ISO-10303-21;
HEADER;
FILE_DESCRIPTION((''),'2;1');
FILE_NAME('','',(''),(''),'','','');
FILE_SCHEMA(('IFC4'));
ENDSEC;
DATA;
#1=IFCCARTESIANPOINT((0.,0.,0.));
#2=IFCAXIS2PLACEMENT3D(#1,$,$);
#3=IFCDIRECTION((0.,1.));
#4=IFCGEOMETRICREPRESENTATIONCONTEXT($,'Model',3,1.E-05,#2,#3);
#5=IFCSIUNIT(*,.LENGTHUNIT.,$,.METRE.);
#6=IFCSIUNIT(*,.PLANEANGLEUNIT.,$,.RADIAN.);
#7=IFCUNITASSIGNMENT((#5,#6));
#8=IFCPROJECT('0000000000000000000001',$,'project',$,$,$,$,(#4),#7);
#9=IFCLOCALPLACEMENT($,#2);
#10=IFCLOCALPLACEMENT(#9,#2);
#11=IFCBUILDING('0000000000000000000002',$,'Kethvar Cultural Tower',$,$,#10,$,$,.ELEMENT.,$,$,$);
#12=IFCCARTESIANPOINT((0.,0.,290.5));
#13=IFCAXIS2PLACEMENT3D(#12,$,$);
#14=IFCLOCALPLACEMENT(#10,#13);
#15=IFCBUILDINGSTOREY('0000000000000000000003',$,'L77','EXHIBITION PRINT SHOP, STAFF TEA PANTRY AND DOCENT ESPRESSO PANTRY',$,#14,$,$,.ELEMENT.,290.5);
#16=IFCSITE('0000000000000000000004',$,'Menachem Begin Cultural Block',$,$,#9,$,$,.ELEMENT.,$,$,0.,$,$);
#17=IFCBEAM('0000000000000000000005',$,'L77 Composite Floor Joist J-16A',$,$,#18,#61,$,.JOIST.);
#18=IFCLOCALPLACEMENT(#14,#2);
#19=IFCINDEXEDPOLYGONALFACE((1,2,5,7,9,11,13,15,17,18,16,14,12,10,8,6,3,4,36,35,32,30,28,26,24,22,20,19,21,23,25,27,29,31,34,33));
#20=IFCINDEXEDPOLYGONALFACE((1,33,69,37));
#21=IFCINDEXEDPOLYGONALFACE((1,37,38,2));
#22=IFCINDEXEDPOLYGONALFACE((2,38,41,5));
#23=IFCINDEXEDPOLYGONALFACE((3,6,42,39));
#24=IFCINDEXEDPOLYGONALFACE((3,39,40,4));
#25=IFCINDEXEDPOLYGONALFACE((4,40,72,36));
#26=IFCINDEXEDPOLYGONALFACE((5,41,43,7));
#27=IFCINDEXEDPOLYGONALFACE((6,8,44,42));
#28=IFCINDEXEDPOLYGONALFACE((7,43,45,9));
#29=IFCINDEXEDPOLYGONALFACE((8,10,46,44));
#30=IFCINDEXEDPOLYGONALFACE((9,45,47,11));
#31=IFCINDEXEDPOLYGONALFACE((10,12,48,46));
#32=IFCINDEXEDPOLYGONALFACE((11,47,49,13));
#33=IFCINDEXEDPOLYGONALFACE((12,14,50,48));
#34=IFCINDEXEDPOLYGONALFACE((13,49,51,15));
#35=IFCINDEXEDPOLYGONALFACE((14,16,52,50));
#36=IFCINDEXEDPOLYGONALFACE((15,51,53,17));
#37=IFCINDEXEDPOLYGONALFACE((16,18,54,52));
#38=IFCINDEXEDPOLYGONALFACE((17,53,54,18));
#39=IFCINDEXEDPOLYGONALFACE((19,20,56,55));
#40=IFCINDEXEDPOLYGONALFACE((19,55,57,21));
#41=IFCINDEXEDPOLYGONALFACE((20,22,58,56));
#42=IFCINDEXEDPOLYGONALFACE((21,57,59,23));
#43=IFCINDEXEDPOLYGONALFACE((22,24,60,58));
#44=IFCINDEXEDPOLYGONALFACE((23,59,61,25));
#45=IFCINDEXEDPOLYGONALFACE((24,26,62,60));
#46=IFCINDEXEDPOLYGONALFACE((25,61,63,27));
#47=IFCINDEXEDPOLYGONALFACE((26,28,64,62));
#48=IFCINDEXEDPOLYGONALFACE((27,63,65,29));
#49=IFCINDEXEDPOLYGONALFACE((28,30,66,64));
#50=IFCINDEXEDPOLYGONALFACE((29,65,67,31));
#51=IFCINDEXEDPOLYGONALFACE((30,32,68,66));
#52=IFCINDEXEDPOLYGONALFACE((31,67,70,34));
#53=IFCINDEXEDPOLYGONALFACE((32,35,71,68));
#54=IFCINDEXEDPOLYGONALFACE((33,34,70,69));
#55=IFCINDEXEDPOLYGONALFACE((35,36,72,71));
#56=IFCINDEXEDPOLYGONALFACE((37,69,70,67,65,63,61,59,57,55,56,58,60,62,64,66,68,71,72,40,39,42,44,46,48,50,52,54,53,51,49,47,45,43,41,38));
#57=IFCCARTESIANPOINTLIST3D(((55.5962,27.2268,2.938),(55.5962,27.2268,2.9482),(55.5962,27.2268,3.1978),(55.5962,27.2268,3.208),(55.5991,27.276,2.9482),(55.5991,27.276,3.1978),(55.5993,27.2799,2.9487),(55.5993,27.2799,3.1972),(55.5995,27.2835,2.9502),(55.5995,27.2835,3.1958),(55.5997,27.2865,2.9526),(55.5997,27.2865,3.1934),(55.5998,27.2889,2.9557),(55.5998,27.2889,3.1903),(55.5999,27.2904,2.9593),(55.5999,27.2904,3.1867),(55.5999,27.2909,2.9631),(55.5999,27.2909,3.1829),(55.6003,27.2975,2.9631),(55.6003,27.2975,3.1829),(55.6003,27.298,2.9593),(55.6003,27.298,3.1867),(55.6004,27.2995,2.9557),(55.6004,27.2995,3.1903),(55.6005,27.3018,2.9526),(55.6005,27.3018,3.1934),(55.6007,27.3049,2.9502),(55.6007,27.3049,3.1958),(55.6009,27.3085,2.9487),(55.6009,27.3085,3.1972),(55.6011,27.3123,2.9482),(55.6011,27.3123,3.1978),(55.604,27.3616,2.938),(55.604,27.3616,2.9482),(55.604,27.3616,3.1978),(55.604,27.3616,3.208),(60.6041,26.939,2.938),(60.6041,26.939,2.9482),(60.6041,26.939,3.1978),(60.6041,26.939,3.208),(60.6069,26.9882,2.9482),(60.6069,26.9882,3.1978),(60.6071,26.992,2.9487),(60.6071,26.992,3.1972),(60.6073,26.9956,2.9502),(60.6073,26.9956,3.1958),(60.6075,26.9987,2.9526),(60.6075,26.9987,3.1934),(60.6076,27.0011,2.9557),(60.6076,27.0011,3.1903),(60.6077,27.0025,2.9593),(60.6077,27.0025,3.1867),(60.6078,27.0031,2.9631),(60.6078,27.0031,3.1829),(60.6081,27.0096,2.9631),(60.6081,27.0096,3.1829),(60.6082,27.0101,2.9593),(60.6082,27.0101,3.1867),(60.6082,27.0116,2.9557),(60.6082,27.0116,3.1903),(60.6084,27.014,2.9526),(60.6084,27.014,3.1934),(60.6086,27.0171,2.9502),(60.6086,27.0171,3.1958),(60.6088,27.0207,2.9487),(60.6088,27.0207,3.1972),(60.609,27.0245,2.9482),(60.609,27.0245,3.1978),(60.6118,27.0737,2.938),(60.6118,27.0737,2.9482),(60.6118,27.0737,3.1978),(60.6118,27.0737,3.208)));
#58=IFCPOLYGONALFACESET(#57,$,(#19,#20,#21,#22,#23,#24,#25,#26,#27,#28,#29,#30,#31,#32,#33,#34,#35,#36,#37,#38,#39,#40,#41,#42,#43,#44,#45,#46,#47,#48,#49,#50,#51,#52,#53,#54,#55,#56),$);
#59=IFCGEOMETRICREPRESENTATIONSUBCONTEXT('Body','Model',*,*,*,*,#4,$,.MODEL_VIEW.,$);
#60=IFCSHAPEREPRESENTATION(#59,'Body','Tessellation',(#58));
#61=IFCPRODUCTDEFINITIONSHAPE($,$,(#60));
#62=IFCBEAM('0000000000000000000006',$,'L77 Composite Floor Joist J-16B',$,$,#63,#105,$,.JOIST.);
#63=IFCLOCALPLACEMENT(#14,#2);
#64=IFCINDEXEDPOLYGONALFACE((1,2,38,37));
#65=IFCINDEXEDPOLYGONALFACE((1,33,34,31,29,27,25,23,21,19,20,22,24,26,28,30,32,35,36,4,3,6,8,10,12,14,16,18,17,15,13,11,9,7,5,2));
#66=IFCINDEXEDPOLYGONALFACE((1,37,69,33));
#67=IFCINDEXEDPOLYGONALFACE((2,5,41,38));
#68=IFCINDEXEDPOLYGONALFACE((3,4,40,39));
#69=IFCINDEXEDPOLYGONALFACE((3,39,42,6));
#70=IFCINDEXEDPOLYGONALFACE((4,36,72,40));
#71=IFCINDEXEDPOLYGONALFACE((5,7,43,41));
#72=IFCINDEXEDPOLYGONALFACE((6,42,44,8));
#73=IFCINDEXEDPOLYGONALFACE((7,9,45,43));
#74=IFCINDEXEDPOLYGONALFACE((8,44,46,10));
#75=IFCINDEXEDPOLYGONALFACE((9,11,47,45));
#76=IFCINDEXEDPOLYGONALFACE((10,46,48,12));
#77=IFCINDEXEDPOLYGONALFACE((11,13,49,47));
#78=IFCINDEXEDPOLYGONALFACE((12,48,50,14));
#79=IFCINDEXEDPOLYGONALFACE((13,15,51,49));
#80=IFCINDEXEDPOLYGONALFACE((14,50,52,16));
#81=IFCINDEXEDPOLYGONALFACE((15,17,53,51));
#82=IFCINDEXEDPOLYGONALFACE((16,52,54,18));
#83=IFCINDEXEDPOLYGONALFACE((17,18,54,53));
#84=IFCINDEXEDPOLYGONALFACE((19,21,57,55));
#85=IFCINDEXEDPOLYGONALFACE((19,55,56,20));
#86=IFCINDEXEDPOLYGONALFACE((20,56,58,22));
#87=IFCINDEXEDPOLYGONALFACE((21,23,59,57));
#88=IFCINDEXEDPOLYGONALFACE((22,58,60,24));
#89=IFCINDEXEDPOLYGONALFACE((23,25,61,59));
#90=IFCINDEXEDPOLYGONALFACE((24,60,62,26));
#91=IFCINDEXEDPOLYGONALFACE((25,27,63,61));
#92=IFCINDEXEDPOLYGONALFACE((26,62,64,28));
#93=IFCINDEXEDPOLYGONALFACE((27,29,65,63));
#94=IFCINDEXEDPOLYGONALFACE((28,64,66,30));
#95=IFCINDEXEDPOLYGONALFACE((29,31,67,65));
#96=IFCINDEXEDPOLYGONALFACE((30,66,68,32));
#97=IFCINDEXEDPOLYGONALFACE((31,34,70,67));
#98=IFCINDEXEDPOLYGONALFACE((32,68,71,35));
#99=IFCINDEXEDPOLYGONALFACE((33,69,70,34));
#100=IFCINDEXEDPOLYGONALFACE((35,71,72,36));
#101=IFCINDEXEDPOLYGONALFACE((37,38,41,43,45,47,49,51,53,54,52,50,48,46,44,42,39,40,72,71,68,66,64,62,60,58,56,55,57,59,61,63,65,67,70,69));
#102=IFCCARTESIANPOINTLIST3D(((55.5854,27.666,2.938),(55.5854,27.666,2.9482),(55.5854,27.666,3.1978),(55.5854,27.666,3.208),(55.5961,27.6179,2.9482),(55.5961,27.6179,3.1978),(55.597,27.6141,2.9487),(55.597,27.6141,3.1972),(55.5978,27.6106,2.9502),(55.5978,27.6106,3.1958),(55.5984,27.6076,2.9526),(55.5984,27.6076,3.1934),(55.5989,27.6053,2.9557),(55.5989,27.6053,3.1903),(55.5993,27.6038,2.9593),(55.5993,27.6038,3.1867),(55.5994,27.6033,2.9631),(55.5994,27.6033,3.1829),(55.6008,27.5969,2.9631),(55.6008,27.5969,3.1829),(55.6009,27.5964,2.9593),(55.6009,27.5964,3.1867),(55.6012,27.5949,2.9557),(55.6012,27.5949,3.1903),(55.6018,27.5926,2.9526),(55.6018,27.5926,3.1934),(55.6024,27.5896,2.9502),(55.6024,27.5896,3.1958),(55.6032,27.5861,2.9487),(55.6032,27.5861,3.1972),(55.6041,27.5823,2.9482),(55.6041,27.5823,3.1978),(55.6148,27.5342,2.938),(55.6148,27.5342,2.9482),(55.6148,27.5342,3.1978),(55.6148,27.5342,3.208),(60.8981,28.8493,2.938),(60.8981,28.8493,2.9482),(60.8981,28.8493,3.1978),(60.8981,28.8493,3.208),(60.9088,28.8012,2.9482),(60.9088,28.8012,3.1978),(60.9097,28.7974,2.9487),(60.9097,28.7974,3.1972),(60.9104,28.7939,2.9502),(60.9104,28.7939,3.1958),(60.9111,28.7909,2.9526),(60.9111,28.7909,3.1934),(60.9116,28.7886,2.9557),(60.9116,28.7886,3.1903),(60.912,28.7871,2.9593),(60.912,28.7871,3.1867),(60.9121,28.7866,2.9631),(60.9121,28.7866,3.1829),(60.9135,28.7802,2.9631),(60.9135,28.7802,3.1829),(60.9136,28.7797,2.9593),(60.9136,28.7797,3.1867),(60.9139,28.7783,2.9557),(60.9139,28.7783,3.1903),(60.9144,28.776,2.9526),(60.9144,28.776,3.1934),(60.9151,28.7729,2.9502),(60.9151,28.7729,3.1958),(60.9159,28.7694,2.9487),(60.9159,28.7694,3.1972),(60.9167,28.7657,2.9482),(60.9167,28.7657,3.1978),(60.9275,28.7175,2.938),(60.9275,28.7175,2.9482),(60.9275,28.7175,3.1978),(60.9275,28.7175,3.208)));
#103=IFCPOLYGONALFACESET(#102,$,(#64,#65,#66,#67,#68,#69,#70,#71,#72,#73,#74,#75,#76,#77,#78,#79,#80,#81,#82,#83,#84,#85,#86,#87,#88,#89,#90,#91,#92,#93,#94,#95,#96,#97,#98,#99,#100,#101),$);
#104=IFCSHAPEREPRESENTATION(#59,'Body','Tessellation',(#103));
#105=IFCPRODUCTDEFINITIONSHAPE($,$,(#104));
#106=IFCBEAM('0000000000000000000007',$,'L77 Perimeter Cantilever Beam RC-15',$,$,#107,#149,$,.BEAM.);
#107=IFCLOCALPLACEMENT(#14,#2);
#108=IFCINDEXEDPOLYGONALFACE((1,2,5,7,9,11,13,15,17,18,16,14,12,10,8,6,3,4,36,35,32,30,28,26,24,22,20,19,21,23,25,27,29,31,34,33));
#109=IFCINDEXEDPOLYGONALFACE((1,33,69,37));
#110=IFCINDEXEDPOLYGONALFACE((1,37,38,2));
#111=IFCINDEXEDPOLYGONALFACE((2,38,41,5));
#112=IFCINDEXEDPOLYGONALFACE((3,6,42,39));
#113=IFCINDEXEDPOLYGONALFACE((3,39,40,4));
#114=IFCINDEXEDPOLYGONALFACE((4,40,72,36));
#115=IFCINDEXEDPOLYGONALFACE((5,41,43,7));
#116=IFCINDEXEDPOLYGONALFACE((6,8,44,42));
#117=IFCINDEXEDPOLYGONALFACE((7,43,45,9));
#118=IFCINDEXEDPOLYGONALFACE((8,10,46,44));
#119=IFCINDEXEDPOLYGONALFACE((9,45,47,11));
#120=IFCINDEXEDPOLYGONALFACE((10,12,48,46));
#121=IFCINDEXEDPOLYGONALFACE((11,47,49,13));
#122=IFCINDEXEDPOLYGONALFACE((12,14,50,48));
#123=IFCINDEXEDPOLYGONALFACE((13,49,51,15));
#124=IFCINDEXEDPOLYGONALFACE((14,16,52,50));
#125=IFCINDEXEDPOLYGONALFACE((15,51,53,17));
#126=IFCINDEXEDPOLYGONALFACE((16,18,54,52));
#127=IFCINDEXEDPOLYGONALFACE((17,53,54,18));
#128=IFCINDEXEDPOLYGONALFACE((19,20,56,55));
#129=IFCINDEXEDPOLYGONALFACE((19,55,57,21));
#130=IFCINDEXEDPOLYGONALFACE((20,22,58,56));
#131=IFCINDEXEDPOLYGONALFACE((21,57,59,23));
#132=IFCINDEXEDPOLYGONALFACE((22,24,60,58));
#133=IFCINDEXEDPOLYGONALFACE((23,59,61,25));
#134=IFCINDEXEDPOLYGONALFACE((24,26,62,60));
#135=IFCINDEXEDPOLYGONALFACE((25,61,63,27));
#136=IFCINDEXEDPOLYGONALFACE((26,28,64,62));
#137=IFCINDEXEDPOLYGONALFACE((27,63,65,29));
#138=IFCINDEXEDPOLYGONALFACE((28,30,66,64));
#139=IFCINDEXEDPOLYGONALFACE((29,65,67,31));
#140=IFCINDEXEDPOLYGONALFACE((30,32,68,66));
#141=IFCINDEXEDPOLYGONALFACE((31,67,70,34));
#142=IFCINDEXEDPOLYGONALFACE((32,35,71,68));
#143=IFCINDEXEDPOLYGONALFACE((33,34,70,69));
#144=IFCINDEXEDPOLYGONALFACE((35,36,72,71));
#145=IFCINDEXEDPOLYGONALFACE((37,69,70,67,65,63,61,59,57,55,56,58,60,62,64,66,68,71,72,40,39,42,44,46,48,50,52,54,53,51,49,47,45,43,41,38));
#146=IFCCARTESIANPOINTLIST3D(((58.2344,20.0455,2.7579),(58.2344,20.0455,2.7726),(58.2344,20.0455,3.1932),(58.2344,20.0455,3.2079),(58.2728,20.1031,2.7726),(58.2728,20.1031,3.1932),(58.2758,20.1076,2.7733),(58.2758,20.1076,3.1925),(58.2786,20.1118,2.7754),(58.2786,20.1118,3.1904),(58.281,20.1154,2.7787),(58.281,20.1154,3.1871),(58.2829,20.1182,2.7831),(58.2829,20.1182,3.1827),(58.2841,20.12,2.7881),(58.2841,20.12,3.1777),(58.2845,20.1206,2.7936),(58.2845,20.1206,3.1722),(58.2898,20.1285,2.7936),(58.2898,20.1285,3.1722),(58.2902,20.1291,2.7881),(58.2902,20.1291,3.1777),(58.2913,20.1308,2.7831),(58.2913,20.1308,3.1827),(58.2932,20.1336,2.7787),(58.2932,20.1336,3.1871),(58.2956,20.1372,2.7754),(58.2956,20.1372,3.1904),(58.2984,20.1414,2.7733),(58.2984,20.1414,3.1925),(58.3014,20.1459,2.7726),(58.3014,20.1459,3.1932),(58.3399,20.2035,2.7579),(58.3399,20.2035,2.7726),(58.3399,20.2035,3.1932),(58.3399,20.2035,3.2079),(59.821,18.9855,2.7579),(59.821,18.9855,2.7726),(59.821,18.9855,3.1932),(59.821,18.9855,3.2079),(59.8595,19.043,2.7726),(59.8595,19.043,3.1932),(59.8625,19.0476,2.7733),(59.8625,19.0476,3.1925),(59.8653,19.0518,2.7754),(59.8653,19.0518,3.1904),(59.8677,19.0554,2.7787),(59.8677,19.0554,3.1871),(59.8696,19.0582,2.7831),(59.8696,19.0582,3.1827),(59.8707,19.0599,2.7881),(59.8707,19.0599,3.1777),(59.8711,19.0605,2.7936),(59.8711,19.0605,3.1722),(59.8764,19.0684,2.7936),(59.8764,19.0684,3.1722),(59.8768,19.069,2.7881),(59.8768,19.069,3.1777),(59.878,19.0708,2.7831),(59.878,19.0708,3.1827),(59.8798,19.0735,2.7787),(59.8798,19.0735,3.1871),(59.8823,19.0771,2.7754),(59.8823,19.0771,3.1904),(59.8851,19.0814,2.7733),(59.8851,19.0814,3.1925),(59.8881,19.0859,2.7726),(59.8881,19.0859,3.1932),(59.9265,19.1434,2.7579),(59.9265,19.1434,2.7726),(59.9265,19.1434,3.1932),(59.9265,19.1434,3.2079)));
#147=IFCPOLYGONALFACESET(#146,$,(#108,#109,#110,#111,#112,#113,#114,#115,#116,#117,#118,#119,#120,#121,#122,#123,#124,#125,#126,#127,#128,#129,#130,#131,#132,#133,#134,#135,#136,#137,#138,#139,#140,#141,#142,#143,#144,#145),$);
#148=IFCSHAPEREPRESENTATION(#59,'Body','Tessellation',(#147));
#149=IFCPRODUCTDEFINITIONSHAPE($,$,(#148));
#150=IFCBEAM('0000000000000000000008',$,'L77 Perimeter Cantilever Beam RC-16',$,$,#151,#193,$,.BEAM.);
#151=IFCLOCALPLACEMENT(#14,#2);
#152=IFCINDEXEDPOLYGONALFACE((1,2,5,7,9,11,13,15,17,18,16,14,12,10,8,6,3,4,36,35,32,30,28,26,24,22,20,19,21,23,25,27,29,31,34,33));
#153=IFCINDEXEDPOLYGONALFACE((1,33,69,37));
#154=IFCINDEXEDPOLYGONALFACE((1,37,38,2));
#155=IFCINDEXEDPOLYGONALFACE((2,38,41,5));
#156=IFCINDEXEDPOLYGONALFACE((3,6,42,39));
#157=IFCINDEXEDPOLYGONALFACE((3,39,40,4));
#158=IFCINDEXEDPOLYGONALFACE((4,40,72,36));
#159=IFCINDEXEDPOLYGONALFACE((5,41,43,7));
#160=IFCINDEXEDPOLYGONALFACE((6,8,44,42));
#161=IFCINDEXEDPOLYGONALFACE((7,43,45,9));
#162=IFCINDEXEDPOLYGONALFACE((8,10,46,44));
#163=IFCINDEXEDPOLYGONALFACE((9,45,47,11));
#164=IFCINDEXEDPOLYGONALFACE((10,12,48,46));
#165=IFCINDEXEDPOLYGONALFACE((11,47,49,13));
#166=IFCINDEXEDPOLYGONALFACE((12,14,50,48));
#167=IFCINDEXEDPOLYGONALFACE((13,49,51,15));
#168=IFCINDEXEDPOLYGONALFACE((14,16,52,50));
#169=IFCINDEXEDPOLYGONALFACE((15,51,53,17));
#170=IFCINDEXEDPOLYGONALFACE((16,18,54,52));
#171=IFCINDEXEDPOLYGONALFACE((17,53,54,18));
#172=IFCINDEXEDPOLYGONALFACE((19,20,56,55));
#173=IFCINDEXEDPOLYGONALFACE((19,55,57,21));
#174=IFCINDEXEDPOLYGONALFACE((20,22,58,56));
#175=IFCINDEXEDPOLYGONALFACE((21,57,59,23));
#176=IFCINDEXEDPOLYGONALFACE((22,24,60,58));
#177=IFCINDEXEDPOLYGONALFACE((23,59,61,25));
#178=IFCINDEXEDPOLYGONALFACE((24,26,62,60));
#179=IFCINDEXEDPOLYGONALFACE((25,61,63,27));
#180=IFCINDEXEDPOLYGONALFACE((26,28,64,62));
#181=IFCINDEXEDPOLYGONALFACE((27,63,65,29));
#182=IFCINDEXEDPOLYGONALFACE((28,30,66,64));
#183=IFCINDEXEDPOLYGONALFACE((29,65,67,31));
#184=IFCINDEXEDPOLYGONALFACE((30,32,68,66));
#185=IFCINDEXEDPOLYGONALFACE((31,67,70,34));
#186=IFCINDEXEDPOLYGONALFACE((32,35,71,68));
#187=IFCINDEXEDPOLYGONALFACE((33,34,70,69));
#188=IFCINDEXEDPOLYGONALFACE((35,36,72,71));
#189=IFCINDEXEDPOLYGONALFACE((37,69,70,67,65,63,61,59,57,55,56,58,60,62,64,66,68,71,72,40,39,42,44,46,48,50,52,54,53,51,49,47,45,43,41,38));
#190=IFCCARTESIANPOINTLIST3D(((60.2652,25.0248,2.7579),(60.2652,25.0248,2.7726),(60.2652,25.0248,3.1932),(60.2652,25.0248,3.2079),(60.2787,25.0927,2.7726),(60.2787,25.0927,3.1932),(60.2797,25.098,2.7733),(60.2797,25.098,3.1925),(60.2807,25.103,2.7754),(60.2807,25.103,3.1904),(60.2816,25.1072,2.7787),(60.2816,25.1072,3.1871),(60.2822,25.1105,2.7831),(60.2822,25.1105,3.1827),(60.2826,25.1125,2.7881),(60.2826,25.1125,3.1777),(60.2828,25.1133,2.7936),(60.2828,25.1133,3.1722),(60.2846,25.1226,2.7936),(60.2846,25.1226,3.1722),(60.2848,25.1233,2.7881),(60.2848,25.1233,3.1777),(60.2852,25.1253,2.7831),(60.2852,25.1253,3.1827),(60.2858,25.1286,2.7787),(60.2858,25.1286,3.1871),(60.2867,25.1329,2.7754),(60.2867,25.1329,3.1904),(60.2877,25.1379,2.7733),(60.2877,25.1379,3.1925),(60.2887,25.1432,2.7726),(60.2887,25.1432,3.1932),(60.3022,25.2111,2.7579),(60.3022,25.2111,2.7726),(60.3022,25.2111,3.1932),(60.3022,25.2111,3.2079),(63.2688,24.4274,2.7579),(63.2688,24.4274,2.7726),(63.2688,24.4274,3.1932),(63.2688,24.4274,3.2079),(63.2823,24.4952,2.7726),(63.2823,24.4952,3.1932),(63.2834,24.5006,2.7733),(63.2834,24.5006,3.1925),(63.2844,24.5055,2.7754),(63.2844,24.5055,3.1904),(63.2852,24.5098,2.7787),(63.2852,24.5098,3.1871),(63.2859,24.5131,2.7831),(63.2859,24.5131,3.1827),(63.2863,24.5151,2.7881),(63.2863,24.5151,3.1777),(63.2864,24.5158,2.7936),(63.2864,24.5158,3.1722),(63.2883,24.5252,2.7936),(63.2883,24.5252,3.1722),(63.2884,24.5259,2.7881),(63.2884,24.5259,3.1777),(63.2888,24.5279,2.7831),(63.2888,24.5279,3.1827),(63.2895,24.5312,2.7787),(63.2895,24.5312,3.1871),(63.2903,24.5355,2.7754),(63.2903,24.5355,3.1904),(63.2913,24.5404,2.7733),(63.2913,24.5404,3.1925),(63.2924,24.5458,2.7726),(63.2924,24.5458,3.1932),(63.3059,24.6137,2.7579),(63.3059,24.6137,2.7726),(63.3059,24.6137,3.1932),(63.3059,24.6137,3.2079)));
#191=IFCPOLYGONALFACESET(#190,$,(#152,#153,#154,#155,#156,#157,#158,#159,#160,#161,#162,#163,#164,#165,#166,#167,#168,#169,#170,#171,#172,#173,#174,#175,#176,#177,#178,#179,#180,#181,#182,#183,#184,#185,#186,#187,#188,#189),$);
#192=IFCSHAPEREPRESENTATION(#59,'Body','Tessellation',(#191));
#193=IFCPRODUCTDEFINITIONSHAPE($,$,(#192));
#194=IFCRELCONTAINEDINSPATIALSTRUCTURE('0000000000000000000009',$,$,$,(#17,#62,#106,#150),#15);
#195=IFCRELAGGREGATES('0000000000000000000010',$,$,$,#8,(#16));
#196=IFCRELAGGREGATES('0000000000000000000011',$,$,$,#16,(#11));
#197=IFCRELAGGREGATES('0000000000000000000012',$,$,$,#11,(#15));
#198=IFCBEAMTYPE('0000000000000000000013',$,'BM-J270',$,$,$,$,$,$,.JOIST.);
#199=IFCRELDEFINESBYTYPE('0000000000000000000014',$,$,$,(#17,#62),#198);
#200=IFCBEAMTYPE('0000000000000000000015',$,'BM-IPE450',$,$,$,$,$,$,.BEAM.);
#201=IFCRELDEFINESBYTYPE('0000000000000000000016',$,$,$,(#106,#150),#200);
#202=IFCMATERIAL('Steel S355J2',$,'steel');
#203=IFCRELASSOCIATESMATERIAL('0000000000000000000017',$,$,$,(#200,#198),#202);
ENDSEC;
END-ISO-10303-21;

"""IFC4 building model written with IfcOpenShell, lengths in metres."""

from ifc_helpers import new_model, si_unit, direction, frame, origin, origin_2d, place, context, subcontext, project, spatial, i_section, extrude, source, transform, mapped, material, material_profile, profile_set, type_object, element, save


model = new_model("IFC4")

# Units and contexts
model_context = context("Model", 3, precision=1e-05, world=origin(), true_north=direction((0.0, 1.0)))
body_context = subcontext(model_context, "Body", "Model", "MODEL_VIEW")
ifc_project = project(units=[si_unit("LENGTHUNIT", "METRE"), si_unit("PLANEANGLEUNIT", "RADIAN")], contexts=[model_context])

# Site, building, storey
site_placement = place(None, origin())
site = spatial("IfcSite", under=ifc_project, at=site_placement, Name="Menachem Begin Cultural Block", CompositionType="ELEMENT", RefElevation=0.0)
building_placement = place(site_placement, origin())
building = spatial("IfcBuilding", under=site, at=building_placement, Name="Kethvar Cultural Tower", CompositionType="ELEMENT")
storey_placement = place(building_placement, frame((0.0, 0.0, 290.5)))
storey = spatial("IfcBuildingStorey", under=building, at=storey_placement, Name="L77", Description="EXHIBITION PRINT SHOP, STAFF TEA PANTRY AND DOCENT ESPRESSO PANTRY", CompositionType="ELEMENT", Elevation=290.5)

# Shared definitions
ifc_material_1 = material(Name="Steel S355J2", Category="steel")

# Beams
ifc_material_profile_1 = material_profile(ifc_material_1, i_section(OverallWidth=0.1899, OverallDepth=0.45, WebThickness=0.0095, FlangeThickness=0.0146, FilletRadius=0.021, at=origin_2d()), Name="Steel S355J2 — IPE450")
ifc_profile_set_1 = profile_set([ifc_material_profile_1], Name="Steel S355J2 — IPE450")
beam_type_1 = type_object("IfcBeamType", Name="BM-IPE450", PredefinedType="BEAM", material=ifc_profile_set_1)
ifc_material_profile_2 = material_profile(ifc_material_1, i_section(OverallWidth=0.135, OverallDepth=0.27, WebThickness=0.0066, FlangeThickness=0.0103, FilletRadius=0.0149, at=origin_2d()), Name="Steel S355J2 — IPE270")
ifc_profile_set_2 = profile_set([ifc_material_profile_2], Name="Steel S355J2 — IPE270")
beam_type_2 = type_object("IfcBeamType", Name="BM-J270", PredefinedType="JOIST", material=ifc_profile_set_2)
shared_shape_1 = source(origin(), body_context, "Body", "SweptSolid", [
    extrude(i_section(OverallWidth=0.135, OverallDepth=0.27, WebThickness=0.0066, FlangeThickness=0.0103, FilletRadius=0.0149, at=origin_2d()), origin(), (0.0, 0.0, 1.0), 5.0161),
])
beam_1_placement = place(storey_placement, frame((55.6001, 27.2942, 3.073), z_axis=(0.998352, -0.057384, 0.0), x_axis=(0.057384, 0.998352, 0.0)))
element("IfcBeam", 1, at=beam_1_placement, inside=storey, type_object=beam_type_2, Name="L77 Composite Floor Joist J-16A", PredefinedType="JOIST", context=body_context, shape_type="MappedRepresentation", body=[
    mapped(shared_shape_1, transform((0.0, 0.0, 0.0), scale=1.0)),
])
shared_shape_2 = source(origin(), body_context, "Body", "SweptSolid", [
    extrude(i_section(OverallWidth=0.135, OverallDepth=0.27, WebThickness=0.0066, FlangeThickness=0.0103, FilletRadius=0.0149, at=origin_2d()), origin(), (0.0, 0.0, 1.0), 5.4429),
])
beam_2_placement = place(storey_placement, frame((55.6001, 27.6001, 3.073), z_axis=(0.97608, 0.21741, 0.0), x_axis=(-0.21741, 0.97608, 0.0)))
element("IfcBeam", 2, at=beam_2_placement, inside=storey, type_object=beam_type_2, Name="L77 Composite Floor Joist J-16B", PredefinedType="JOIST", context=body_context, shape_type="MappedRepresentation", body=[
    mapped(shared_shape_2, transform((0.0, 0.0, 0.0), scale=1.0)),
])
shared_shape_3 = source(origin(), body_context, "Body", "SweptSolid", [
    extrude(i_section(OverallWidth=0.1899, OverallDepth=0.45, WebThickness=0.0095, FlangeThickness=0.0146, FilletRadius=0.021, at=origin_2d()), origin(), (0.0, 0.0, 1.0), 1.9082),
])
beam_3_placement = place(storey_placement, frame((58.2871, 20.1245, 2.9829), z_axis=(0.831499, -0.555527, 0.0), x_axis=(0.555527, 0.831499, 0.0)))
element("IfcBeam", 3, at=beam_3_placement, inside=storey, type_object=beam_type_1, Name="L77 Perimeter Cantilever Beam RC-15", PredefinedType="BEAM", context=body_context, shape_type="MappedRepresentation", body=[
    mapped(shared_shape_3, transform((0.0, 0.0, 0.0), scale=1.0)),
])
shared_shape_4 = source(origin(), body_context, "Body", "SweptSolid", [
    extrude(i_section(OverallWidth=0.1899, OverallDepth=0.45, WebThickness=0.0095, FlangeThickness=0.0146, FilletRadius=0.021, at=origin_2d()), origin(), (0.0, 0.0, 1.0), 3.0625),
])
beam_4_placement = place(storey_placement, frame((60.2837, 25.1179, 2.9829), z_axis=(0.980789, -0.195074, 0.0), x_axis=(0.195074, 0.980789, 0.0)))
element("IfcBeam", 4, at=beam_4_placement, inside=storey, type_object=beam_type_1, Name="L77 Perimeter Cantilever Beam RC-16", PredefinedType="BEAM", context=body_context, shape_type="MappedRepresentation", body=[
    mapped(shared_shape_4, transform((0.0, 0.0, 0.0), scale=1.0)),
])

save(model, "model.ifc")
